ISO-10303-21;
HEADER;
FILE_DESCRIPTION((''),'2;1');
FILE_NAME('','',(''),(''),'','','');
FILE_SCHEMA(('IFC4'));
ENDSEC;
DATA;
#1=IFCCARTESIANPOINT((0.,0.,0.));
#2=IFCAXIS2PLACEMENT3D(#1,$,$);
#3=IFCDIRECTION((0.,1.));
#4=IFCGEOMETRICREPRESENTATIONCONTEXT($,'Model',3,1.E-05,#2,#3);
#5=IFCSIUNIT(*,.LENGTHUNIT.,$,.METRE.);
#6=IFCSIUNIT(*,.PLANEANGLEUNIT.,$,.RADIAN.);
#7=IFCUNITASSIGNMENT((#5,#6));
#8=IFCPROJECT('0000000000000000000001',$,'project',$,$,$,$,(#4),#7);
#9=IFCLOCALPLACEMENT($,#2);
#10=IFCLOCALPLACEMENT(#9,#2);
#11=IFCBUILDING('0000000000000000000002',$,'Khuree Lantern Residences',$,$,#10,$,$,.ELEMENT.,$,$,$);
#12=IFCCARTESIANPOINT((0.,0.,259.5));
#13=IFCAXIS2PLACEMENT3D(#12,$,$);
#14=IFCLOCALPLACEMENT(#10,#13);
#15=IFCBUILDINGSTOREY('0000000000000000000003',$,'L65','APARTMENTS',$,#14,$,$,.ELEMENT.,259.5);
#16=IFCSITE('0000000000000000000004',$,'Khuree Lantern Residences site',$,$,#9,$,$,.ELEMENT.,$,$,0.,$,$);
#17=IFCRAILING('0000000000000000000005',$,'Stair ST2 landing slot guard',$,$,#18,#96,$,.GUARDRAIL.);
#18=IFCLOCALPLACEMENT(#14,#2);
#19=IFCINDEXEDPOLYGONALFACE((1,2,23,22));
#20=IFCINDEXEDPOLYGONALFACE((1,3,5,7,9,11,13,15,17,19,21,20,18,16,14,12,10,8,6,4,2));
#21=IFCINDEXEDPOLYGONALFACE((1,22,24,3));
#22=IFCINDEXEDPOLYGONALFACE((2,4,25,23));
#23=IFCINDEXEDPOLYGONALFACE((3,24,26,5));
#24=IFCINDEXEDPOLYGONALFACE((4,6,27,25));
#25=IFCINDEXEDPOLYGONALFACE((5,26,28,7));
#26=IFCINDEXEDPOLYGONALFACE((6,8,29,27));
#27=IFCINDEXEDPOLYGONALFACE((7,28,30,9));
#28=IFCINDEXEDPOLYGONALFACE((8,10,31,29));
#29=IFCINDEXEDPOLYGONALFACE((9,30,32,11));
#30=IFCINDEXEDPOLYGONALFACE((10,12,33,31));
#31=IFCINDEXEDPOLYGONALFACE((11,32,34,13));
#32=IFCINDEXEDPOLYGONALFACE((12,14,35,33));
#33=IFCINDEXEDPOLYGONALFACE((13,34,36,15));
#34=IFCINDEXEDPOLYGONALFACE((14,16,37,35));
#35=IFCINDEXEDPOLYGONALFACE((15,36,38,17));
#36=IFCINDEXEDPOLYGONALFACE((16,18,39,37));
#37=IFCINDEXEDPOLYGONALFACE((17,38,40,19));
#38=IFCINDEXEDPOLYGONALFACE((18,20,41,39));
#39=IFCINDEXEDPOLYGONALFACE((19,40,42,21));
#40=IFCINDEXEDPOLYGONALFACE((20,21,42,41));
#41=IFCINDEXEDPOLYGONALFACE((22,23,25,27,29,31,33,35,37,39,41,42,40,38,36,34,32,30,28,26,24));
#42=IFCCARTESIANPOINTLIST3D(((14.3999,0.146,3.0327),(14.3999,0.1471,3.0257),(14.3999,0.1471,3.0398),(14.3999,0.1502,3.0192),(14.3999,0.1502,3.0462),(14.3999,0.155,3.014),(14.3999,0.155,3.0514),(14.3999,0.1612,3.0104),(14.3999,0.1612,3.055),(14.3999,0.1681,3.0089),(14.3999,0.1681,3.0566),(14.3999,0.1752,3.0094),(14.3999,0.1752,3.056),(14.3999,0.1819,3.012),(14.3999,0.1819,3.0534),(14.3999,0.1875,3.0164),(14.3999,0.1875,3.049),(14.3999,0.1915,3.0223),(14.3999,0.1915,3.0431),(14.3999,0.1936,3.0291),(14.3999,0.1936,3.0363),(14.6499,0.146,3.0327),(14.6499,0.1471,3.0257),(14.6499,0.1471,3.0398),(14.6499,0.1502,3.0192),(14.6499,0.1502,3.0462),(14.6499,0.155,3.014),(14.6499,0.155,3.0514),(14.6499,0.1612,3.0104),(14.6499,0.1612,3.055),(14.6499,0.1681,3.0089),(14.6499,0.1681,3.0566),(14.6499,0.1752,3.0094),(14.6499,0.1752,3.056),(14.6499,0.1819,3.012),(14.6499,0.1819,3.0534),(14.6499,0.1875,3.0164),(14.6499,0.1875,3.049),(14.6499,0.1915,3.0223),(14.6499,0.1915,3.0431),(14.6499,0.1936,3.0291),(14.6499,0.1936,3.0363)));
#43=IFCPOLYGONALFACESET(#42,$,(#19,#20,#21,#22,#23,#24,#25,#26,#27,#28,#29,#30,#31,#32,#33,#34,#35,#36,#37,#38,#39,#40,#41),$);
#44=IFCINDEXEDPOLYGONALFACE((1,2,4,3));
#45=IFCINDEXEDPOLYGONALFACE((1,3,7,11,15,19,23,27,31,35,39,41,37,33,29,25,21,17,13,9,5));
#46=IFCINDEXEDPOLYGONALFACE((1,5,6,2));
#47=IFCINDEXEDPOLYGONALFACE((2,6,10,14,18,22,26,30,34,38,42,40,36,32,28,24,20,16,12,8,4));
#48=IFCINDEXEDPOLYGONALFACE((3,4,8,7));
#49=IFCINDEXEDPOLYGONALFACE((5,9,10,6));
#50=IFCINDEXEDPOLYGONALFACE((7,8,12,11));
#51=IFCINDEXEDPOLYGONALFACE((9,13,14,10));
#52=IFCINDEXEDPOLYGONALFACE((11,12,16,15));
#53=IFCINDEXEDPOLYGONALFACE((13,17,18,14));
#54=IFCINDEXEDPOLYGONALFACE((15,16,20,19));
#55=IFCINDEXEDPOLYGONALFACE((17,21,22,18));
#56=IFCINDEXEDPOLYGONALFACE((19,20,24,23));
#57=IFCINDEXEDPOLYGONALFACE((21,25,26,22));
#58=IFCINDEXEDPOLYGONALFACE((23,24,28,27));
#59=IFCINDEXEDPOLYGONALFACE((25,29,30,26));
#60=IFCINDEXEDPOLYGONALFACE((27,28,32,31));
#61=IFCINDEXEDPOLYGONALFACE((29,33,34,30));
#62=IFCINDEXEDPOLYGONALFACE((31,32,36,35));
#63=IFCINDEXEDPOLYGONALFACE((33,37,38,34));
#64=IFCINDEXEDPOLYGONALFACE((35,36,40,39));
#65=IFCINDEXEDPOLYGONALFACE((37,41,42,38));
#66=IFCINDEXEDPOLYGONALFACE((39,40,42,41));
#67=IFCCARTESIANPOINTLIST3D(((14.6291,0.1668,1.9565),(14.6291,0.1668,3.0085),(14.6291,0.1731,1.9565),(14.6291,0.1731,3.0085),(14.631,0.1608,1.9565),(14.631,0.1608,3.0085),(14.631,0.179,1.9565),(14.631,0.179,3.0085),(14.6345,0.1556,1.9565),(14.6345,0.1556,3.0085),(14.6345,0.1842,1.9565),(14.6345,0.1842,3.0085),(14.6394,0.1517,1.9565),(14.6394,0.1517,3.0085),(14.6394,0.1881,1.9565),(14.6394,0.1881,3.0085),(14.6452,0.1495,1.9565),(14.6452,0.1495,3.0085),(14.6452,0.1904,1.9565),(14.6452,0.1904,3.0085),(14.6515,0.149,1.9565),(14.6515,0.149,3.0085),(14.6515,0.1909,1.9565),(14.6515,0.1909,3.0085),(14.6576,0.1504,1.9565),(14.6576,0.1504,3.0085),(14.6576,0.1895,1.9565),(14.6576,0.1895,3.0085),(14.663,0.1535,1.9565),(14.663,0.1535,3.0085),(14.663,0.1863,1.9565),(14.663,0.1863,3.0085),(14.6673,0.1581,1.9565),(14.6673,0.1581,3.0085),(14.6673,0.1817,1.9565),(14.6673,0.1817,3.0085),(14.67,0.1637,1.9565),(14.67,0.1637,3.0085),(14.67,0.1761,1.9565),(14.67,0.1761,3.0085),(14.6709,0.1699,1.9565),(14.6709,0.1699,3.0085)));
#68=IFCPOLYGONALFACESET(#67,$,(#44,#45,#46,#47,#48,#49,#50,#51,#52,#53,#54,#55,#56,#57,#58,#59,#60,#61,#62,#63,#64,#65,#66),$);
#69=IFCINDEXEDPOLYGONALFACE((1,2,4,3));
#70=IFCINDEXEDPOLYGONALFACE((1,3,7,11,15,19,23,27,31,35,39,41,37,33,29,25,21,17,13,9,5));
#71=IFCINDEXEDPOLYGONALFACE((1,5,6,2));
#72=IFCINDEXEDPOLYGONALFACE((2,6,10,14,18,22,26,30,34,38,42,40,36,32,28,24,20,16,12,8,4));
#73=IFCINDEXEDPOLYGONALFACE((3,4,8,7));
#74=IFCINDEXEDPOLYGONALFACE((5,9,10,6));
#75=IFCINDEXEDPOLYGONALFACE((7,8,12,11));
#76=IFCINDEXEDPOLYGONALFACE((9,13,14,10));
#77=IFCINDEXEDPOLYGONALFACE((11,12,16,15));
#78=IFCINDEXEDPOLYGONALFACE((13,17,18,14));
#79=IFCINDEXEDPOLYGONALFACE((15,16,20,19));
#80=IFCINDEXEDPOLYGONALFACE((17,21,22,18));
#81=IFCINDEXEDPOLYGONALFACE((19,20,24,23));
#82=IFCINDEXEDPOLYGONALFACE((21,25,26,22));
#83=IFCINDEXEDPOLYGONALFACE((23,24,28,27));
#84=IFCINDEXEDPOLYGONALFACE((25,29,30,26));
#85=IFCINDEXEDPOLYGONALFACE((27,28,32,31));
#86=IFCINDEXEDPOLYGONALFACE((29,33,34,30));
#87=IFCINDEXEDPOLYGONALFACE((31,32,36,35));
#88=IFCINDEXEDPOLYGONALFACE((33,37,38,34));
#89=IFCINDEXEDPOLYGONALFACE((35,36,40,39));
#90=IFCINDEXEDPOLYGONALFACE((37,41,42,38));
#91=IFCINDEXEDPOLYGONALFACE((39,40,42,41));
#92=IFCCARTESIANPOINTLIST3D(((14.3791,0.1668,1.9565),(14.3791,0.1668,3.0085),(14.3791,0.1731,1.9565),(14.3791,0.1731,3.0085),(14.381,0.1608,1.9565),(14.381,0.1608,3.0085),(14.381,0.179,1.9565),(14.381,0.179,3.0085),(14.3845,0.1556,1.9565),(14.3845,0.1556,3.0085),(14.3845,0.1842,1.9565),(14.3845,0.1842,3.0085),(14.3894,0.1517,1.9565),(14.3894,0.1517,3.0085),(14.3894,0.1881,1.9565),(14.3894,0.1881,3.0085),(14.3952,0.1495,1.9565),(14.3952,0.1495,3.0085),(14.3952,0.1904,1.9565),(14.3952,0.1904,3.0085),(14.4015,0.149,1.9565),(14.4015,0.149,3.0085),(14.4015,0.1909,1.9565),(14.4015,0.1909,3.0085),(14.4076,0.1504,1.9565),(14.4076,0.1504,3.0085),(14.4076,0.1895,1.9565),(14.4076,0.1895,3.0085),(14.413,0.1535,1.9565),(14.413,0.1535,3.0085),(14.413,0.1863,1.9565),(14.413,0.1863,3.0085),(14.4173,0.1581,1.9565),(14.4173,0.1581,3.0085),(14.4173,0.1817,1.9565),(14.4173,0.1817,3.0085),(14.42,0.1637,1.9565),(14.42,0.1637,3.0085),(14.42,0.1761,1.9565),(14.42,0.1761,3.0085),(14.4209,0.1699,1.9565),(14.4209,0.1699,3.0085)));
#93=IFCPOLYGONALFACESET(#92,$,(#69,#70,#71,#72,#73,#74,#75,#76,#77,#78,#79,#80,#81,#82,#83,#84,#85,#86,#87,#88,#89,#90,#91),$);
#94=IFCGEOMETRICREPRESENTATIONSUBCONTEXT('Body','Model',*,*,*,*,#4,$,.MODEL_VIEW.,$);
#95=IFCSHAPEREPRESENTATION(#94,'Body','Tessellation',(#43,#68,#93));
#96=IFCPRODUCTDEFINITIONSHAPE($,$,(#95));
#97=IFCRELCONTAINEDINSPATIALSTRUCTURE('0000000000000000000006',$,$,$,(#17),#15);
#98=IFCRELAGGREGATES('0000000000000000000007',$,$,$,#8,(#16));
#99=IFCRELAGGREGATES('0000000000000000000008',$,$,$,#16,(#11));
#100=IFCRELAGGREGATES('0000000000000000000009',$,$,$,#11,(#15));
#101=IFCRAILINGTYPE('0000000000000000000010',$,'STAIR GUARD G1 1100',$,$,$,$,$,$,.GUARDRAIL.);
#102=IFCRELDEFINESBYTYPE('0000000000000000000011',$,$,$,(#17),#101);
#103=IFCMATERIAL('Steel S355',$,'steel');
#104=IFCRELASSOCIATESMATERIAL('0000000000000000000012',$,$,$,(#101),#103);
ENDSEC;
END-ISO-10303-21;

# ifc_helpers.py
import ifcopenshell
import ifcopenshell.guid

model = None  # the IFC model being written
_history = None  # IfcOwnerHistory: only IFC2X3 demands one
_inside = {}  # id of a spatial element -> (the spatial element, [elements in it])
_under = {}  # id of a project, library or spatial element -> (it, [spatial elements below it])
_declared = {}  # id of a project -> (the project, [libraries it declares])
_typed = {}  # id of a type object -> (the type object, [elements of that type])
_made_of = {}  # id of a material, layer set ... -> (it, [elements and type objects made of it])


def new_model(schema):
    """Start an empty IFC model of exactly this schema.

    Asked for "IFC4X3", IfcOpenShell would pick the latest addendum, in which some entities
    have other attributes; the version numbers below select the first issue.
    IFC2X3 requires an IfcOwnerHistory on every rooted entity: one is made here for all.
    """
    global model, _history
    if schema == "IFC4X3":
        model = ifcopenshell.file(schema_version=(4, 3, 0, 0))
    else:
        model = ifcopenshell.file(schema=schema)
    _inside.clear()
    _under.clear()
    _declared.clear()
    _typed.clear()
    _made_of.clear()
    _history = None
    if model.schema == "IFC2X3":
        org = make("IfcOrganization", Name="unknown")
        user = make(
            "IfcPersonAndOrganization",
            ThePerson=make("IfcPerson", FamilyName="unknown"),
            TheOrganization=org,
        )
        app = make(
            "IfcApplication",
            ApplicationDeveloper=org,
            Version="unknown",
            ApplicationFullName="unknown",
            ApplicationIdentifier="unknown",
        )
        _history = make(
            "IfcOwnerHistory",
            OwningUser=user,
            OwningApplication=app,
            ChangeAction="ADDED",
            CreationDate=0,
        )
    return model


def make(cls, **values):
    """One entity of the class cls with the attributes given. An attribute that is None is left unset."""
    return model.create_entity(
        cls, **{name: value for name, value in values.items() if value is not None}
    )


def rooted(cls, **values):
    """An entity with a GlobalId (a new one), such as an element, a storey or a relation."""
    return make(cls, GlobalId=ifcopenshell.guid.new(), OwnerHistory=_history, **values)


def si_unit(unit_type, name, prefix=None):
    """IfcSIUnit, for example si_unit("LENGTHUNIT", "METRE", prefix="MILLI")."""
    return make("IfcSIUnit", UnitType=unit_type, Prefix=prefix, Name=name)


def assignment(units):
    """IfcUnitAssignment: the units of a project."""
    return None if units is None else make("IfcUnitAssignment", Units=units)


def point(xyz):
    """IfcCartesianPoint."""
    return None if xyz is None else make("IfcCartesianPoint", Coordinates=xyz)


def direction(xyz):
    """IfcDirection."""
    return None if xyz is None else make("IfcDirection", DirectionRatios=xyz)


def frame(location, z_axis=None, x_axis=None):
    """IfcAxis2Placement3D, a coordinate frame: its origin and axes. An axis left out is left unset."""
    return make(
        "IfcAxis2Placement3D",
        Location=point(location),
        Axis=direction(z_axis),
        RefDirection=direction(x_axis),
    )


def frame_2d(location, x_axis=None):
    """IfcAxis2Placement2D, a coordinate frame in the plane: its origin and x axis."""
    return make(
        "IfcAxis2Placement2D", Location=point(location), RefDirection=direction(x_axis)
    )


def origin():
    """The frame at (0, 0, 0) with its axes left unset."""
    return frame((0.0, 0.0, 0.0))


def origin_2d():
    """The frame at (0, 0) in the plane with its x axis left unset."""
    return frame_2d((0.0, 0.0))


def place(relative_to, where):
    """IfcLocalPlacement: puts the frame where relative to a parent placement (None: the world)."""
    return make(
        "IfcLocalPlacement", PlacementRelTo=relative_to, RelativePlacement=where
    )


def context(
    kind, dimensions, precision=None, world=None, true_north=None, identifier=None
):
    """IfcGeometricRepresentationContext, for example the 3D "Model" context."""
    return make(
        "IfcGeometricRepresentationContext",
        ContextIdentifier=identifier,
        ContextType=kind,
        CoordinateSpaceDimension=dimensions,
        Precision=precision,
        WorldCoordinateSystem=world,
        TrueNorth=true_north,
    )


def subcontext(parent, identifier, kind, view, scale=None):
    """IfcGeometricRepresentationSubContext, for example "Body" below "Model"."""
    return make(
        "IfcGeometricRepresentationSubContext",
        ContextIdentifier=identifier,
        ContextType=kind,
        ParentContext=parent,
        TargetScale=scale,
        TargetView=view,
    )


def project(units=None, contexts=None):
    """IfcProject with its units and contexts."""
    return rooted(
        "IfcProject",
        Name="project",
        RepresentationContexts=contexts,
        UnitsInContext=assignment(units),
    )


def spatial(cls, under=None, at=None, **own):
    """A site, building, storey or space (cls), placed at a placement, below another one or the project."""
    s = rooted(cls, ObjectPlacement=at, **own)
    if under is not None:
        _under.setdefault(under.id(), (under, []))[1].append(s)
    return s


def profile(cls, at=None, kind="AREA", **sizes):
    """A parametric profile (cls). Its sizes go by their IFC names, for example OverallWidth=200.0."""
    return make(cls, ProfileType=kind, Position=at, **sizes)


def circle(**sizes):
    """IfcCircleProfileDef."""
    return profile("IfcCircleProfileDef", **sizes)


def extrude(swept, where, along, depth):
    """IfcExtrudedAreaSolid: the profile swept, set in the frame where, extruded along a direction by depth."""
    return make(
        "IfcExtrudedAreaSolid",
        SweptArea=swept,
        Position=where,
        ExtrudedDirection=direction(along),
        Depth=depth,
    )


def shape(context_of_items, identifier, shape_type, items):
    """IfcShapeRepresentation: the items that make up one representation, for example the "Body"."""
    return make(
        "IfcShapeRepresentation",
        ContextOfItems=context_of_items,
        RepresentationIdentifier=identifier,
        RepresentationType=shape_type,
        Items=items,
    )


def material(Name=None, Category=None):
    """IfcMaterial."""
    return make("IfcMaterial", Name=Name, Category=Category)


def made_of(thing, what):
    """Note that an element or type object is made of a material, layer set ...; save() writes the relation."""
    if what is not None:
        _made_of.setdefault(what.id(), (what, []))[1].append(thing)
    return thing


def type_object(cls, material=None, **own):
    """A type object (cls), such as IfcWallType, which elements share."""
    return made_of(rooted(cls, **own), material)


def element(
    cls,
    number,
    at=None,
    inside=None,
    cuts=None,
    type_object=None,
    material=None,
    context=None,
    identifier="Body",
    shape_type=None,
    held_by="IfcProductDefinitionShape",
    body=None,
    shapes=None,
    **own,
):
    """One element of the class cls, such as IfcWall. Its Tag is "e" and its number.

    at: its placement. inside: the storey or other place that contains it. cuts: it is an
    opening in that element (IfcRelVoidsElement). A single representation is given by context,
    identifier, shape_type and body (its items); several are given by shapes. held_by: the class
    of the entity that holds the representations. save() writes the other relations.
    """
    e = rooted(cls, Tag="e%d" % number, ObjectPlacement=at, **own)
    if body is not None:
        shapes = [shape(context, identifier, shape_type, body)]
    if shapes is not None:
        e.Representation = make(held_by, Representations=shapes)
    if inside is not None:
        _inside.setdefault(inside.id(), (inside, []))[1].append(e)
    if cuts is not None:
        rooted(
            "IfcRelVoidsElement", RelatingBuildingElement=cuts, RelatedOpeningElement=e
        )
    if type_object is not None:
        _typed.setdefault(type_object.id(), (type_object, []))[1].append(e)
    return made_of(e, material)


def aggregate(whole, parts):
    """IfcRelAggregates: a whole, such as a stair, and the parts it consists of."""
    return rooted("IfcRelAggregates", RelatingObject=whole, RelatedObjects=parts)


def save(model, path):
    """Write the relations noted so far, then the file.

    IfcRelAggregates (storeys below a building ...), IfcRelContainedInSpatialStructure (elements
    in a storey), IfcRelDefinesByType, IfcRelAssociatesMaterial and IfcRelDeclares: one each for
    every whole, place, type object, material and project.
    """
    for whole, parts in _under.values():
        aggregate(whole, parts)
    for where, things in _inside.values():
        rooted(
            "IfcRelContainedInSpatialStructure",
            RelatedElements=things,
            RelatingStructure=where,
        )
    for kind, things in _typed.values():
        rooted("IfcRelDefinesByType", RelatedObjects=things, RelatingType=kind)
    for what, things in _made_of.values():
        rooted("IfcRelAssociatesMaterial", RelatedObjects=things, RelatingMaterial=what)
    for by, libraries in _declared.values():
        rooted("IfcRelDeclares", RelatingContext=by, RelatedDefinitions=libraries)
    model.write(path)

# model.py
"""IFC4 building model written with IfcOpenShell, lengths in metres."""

from ifc_helpers import new_model, si_unit, direction, frame, origin, origin_2d, place, context, subcontext, project, spatial, circle, extrude, material, type_object, element, save


model = new_model("IFC4")

# Units and contexts
model_context = context("Model", 3, precision=1e-05, world=origin(), true_north=direction((0.0, 1.0)))
body_context = subcontext(model_context, "Body", "Model", "MODEL_VIEW")
ifc_project = project(units=[si_unit("LENGTHUNIT", "METRE"), si_unit("PLANEANGLEUNIT", "RADIAN")], contexts=[model_context])

# Site, building, storey
site_placement = place(None, origin())
site = spatial("IfcSite", under=ifc_project, at=site_placement, Name="Khuree Lantern Residences site", CompositionType="ELEMENT", RefElevation=0.0)
building_placement = place(site_placement, origin())
building = spatial("IfcBuilding", under=site, at=building_placement, Name="Khuree Lantern Residences", CompositionType="ELEMENT")
storey_placement = place(building_placement, frame((0.0, 0.0, 259.5)))
storey = spatial("IfcBuildingStorey", under=building, at=storey_placement, Name="L65", Description="APARTMENTS", CompositionType="ELEMENT", Elevation=259.5)

# Railing
ifc_material_1 = material(Name="Steel S355", Category="steel")
railing_type = type_object("IfcRailingType", Name="STAIR GUARD G1 1100", PredefinedType="GUARDRAIL", material=ifc_material_1)
railing_placement = place(storey_placement, frame((14.6499, 0.1699, 1.9565)))
element("IfcRailing", 1, at=railing_placement, inside=storey, type_object=railing_type, Name="Stair ST2 landing slot guard", PredefinedType="GUARDRAIL", context=body_context, shape_type="SweptSolid", body=[
    extrude(circle(Radius=0.0239, at=origin_2d()), frame((0.0, 0.0, 1.0762), z_axis=(-1.0, 0.0, 0.0), x_axis=(0.0, -1.0, 0.0)), (0.0, 0.0, 1.0), 0.25),
    extrude(circle(Radius=0.021, at=origin_2d()), origin(), (0.0, 0.0, 1.0), 1.052),
    extrude(circle(Radius=0.021, at=origin_2d()), frame((-0.25, 0.0, 0.0)), (0.0, 0.0, 1.0), 1.052),
])

save(model, "model.ifc")
